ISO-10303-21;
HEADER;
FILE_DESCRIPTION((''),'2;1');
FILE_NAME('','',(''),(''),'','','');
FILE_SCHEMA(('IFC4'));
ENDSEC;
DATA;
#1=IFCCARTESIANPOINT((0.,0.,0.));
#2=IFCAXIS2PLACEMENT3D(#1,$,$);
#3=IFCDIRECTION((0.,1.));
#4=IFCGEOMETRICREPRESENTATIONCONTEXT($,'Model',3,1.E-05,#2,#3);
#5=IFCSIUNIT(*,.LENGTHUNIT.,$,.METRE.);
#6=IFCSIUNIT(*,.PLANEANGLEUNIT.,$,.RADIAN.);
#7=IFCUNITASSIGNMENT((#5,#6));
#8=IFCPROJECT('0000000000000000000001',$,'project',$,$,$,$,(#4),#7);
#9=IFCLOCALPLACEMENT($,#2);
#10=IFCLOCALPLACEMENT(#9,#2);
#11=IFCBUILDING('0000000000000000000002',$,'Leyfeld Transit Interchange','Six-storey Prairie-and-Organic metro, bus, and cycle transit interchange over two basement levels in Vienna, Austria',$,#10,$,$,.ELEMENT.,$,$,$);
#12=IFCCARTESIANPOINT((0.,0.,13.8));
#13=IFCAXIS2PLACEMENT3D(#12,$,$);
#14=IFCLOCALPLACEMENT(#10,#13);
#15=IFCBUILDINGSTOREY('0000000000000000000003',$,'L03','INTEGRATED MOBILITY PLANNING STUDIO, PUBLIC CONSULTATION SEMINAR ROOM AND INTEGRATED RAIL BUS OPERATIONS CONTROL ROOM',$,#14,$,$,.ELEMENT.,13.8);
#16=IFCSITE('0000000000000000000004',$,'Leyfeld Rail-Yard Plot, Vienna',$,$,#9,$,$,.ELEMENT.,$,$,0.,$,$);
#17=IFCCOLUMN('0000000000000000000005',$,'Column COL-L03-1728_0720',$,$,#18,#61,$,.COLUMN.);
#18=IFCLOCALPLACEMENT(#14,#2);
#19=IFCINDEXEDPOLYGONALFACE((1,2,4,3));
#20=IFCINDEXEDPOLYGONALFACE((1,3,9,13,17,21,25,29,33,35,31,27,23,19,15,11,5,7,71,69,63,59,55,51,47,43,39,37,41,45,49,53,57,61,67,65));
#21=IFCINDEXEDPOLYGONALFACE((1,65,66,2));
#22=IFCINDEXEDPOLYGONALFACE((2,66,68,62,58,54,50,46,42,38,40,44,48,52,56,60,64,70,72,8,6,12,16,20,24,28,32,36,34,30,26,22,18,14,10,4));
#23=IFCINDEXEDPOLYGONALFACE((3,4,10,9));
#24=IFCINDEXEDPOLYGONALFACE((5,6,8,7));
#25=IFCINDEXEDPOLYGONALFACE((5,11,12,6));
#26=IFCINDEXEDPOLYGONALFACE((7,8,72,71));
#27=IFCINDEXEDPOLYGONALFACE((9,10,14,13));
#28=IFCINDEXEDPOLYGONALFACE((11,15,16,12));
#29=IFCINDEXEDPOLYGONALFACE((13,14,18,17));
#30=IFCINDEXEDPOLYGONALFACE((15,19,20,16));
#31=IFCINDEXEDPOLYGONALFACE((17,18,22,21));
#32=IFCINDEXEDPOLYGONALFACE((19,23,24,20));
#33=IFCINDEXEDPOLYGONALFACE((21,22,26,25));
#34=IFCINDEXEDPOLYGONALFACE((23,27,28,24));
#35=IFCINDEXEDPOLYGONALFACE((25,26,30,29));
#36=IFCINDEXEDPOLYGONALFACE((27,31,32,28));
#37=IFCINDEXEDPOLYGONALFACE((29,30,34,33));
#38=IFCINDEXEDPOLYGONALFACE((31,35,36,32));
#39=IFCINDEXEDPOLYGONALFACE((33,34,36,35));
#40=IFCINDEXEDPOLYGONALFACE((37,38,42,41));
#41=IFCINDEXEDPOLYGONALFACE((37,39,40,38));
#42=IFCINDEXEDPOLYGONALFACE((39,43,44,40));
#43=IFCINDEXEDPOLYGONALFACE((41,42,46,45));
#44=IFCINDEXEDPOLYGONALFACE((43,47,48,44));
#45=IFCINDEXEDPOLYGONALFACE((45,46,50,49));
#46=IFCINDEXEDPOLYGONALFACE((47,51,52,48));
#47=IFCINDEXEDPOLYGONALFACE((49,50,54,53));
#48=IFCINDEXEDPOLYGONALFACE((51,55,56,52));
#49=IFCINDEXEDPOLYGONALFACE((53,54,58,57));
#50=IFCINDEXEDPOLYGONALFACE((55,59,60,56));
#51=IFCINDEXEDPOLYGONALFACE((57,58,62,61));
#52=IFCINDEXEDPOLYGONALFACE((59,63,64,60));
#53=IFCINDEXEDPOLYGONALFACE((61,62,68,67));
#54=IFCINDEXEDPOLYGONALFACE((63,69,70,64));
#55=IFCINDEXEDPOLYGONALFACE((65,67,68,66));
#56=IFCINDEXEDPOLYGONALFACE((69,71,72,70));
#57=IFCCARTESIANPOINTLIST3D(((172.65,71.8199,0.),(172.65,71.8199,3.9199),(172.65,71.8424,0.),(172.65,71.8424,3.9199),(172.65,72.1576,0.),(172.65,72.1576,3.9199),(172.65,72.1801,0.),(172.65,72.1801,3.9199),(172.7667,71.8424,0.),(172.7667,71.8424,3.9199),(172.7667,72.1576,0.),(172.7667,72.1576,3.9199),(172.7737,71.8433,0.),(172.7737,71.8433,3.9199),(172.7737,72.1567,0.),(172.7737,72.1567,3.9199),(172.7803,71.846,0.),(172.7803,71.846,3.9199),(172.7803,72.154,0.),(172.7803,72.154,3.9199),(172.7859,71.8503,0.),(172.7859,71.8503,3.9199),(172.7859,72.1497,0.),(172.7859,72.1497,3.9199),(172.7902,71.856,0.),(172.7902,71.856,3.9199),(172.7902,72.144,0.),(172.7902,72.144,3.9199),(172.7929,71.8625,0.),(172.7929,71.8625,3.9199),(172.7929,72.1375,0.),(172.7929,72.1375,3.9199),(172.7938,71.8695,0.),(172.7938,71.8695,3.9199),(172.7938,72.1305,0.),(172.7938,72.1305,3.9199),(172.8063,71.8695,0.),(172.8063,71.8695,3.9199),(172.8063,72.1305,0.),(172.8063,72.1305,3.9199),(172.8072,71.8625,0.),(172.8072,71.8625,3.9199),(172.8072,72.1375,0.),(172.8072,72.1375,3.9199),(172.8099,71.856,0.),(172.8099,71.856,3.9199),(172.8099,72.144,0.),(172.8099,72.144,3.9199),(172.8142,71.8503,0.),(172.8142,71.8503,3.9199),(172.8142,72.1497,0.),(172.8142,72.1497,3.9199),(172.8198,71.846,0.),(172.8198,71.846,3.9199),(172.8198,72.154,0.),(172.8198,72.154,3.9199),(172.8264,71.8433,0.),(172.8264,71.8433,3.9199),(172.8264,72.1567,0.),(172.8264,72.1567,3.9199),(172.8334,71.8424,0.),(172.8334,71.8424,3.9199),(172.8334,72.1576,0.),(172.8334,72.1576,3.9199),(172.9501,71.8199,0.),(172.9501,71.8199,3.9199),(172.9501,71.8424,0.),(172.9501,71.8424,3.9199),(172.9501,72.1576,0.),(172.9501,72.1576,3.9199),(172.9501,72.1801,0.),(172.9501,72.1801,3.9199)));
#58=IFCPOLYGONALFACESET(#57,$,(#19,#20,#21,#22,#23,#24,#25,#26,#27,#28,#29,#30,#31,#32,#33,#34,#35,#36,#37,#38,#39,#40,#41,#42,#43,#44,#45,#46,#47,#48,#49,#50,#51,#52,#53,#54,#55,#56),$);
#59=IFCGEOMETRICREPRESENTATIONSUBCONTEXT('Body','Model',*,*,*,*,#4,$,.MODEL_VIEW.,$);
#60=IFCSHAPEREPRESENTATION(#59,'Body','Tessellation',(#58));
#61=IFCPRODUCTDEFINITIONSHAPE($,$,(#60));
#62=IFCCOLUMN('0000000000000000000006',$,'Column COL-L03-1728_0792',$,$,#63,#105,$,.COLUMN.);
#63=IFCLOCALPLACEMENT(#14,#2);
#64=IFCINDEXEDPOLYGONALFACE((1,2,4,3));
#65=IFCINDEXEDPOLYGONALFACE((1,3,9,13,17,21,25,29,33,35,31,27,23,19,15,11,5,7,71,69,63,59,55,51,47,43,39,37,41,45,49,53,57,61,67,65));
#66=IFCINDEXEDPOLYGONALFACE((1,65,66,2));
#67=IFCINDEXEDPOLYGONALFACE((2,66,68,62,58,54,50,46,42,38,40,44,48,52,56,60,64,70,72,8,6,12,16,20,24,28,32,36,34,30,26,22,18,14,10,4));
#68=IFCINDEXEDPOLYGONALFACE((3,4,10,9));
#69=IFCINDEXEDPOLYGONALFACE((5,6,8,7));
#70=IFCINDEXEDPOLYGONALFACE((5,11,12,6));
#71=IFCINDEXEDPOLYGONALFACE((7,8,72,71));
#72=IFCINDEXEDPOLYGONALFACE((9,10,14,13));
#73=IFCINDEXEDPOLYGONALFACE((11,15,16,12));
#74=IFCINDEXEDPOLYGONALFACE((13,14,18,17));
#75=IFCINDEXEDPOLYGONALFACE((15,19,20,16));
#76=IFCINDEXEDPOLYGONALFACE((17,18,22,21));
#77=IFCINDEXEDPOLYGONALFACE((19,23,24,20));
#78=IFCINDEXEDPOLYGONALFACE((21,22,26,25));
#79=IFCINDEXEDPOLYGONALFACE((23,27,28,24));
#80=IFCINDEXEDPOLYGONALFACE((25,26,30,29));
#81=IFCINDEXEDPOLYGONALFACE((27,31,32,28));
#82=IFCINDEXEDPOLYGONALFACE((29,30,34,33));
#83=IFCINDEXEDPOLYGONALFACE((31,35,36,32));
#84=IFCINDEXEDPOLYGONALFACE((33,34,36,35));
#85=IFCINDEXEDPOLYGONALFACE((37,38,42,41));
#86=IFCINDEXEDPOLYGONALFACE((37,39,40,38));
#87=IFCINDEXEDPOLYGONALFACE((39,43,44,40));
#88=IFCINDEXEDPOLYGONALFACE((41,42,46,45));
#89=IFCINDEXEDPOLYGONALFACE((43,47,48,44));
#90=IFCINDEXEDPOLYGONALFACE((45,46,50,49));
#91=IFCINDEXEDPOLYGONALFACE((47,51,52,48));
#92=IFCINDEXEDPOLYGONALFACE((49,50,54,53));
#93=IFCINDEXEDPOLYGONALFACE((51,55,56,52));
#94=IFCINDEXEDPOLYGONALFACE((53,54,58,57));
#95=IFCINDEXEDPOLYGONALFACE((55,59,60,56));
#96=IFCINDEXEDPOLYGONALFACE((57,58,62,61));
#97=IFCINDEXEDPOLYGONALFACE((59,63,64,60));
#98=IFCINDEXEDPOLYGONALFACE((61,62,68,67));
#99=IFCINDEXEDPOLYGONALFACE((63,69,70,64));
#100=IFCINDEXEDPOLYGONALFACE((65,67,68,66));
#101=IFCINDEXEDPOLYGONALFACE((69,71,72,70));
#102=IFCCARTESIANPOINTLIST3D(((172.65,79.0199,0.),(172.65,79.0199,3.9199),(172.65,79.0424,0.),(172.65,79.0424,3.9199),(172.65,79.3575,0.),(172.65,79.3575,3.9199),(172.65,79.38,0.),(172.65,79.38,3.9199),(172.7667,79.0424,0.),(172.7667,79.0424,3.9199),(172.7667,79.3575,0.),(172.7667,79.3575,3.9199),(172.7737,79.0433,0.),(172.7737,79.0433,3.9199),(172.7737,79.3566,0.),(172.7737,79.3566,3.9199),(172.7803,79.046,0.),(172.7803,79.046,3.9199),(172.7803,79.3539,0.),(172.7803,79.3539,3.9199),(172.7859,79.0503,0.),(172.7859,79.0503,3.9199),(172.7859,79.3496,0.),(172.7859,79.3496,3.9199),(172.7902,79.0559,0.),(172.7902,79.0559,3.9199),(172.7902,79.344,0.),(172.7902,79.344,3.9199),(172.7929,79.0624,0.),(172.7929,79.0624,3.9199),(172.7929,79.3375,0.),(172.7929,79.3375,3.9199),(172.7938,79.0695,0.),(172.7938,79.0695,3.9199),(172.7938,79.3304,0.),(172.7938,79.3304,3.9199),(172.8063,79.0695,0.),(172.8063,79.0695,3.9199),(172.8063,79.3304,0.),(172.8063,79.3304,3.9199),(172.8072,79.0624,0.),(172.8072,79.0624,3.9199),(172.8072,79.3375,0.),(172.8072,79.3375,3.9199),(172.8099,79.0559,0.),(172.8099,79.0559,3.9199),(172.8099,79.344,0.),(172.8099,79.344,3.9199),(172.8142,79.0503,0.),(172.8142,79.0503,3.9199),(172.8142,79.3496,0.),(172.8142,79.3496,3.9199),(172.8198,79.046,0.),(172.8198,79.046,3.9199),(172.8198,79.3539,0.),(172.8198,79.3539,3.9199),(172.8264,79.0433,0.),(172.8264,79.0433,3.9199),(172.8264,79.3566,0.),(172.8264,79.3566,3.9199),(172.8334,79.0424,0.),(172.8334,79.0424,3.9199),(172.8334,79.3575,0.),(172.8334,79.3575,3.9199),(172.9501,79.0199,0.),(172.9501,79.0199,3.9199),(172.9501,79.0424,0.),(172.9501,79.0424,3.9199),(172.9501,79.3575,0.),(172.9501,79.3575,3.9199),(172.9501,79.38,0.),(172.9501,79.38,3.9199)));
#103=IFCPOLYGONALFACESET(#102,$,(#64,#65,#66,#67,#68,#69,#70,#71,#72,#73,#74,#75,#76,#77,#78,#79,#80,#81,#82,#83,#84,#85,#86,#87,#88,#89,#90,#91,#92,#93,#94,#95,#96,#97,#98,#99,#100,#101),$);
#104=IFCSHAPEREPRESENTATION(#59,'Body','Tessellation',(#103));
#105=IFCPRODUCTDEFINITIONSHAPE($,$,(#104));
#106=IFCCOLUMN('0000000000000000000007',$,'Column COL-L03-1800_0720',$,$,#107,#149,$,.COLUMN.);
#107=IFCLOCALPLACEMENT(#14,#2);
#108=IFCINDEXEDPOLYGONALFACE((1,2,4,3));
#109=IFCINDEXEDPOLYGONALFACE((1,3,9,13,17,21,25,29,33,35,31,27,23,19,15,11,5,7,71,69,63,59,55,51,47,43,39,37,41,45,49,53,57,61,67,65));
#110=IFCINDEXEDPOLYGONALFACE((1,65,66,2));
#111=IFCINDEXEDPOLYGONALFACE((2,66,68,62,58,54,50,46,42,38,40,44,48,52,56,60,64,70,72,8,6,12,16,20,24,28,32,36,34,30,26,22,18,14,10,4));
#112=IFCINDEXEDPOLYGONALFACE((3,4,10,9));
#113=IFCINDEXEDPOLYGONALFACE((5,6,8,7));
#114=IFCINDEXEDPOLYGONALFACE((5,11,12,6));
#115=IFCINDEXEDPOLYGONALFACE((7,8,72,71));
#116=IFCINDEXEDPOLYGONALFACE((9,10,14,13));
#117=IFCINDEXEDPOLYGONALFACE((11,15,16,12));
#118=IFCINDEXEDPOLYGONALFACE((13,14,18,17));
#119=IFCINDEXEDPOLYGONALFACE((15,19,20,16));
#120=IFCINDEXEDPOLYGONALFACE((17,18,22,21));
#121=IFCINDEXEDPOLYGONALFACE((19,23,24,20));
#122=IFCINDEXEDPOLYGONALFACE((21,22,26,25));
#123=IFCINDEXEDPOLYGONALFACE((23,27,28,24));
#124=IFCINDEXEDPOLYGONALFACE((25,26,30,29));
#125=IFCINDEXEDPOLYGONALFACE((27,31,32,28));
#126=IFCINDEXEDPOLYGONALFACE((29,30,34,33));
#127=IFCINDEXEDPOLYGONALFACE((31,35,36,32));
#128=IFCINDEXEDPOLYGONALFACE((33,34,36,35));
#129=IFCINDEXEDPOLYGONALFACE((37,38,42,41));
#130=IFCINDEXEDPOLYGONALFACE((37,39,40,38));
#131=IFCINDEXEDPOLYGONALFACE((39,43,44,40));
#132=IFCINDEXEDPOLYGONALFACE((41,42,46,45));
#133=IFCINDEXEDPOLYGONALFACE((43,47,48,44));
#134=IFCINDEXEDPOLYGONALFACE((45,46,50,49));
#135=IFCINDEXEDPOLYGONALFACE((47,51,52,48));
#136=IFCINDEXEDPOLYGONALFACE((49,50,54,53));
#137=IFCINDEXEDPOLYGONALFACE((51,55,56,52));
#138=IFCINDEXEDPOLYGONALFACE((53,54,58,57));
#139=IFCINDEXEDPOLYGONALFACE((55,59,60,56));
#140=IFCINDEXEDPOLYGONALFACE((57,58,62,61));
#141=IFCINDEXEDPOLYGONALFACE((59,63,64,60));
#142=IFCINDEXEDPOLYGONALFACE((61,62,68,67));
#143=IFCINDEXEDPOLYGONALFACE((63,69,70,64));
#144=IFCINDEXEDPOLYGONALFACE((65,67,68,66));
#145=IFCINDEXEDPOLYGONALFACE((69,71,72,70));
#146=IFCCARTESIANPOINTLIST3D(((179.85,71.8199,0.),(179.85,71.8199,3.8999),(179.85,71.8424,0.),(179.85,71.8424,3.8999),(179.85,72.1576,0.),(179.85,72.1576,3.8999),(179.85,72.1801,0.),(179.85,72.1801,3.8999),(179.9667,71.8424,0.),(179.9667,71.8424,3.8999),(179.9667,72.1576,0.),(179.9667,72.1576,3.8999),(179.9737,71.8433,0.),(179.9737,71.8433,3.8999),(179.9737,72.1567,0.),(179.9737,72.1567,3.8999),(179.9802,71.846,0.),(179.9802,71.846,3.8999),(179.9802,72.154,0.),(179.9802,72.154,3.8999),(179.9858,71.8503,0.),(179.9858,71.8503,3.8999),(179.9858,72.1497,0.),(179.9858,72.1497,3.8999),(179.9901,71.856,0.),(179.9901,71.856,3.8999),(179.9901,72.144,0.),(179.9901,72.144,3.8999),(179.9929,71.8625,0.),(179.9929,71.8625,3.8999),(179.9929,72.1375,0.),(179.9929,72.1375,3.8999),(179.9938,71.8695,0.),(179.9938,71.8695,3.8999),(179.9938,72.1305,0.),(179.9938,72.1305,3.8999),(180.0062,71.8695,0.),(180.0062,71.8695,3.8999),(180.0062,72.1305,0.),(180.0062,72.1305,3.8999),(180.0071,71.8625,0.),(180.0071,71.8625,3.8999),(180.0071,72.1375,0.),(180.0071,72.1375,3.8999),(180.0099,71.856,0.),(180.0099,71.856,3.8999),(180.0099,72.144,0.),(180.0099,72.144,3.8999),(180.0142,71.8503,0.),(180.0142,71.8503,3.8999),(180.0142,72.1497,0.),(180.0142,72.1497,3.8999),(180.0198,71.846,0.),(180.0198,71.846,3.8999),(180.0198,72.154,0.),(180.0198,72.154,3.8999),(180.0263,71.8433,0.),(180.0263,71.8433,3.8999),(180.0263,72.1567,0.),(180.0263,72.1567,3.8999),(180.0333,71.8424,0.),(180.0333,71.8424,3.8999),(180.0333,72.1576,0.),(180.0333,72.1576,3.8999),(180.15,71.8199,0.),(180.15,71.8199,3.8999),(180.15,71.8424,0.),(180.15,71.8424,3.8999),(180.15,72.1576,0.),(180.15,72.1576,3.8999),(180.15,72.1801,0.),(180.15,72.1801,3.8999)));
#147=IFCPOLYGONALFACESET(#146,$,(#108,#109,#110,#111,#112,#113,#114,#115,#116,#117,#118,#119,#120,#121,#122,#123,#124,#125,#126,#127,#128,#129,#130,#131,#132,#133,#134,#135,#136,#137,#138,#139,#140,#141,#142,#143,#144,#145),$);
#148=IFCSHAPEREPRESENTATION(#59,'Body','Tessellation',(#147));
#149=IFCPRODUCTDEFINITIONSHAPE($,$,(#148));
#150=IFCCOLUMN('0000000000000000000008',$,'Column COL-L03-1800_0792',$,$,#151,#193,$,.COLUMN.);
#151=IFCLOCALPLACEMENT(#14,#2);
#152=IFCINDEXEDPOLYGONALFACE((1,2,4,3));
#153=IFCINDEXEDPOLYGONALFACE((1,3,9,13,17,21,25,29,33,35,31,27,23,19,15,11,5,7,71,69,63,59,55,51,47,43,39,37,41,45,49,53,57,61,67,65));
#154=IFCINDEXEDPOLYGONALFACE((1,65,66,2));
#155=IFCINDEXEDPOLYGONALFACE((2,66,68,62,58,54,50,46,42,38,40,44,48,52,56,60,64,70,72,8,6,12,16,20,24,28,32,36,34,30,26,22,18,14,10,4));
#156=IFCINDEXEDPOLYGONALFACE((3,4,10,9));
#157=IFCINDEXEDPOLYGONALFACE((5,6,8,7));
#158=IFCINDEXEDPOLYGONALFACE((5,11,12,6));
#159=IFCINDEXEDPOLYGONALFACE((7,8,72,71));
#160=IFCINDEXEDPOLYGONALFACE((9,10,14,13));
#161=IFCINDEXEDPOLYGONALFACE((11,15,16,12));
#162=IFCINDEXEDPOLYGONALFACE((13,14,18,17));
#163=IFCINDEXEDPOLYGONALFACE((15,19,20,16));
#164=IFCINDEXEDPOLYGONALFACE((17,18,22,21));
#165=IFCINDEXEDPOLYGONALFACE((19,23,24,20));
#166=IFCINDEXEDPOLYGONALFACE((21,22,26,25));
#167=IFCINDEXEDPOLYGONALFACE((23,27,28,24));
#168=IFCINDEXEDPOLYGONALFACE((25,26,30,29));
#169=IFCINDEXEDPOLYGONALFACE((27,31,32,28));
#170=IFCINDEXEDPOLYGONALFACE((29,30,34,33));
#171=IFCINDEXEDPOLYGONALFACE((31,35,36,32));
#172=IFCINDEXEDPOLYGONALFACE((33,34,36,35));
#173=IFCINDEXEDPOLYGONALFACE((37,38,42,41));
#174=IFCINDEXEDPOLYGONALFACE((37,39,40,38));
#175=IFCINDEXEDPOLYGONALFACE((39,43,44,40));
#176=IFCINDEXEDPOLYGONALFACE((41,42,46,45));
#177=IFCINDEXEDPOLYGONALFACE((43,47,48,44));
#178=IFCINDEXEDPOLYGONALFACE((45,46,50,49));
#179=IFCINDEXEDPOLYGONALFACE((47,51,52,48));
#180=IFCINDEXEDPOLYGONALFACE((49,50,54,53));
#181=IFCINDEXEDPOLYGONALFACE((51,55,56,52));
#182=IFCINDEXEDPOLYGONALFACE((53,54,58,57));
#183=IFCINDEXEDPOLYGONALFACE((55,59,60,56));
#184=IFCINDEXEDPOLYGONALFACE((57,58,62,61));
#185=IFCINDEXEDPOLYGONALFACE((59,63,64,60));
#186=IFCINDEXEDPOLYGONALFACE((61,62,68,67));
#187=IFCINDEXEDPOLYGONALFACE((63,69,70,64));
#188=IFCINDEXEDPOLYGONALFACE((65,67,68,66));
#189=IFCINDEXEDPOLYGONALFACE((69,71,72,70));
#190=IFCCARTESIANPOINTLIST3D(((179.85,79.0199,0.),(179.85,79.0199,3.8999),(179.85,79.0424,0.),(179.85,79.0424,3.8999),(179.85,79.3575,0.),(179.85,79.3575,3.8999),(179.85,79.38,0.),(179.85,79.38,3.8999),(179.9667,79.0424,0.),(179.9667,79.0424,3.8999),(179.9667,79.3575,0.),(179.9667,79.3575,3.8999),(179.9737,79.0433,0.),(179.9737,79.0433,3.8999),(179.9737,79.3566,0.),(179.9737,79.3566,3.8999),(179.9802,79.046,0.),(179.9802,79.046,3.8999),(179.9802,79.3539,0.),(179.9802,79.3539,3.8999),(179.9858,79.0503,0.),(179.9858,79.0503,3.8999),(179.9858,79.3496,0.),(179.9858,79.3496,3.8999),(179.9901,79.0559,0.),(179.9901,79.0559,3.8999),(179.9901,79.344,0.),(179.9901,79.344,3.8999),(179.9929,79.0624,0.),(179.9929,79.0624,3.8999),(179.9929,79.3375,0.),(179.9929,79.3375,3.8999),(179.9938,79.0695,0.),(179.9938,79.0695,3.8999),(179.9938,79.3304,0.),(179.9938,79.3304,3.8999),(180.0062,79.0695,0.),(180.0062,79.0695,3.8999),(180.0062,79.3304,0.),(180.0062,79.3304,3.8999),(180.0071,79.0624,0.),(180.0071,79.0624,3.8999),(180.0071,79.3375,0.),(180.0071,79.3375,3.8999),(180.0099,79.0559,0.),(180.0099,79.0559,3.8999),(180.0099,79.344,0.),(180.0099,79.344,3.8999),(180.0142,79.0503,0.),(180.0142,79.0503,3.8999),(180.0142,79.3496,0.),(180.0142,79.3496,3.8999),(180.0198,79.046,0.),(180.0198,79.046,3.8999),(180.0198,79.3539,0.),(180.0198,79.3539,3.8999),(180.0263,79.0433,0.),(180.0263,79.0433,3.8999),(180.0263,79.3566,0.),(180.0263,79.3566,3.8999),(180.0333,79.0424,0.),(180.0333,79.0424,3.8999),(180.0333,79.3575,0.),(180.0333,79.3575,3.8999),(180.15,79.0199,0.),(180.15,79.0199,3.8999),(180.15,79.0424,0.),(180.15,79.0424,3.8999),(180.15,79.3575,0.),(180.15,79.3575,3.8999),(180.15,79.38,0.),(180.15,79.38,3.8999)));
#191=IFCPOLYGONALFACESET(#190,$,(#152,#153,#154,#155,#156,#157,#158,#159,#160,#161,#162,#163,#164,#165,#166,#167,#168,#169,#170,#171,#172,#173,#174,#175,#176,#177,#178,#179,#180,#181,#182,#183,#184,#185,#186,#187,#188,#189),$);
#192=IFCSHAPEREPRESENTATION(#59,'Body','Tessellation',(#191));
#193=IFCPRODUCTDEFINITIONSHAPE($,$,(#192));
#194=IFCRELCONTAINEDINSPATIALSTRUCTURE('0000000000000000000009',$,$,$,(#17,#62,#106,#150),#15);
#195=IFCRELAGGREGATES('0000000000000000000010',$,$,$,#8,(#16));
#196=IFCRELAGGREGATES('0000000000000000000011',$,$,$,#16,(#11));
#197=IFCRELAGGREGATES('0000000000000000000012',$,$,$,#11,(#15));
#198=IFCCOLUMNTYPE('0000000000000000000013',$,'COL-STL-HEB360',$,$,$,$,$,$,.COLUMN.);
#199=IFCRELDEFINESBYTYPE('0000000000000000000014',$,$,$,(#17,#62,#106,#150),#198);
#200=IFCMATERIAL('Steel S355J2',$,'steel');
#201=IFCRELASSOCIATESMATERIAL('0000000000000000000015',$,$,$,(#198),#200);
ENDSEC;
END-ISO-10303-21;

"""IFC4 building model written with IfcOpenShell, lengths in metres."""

from ifc_helpers import new_model, si_unit, direction, frame, origin, origin_2d, place, context, subcontext, project, spatial, i_section, extrude, material, material_profile, profile_set, type_object, element, save


model = new_model("IFC4")

# Units and contexts
model_context = context("Model", 3, precision=1e-05, world=origin(), true_north=direction((0.0, 1.0)))
body_context = subcontext(model_context, "Body", "Model", "MODEL_VIEW")
ifc_project = project(units=[si_unit("LENGTHUNIT", "METRE"), si_unit("PLANEANGLEUNIT", "RADIAN")], contexts=[model_context])

# Site, building, storey
site_placement = place(None, origin())
site = spatial("IfcSite", under=ifc_project, at=site_placement, Name="Leyfeld Rail-Yard Plot, Vienna", CompositionType="ELEMENT", RefElevation=0.0)
building_placement = place(site_placement, origin())
building = spatial("IfcBuilding", under=site, at=building_placement, Name="Leyfeld Transit Interchange", Description="Six-storey Prairie-and-Organic metro, bus, and cycle transit interchange over two basement levels in Vienna, Austria", CompositionType="ELEMENT")
storey_placement = place(building_placement, frame((0.0, 0.0, 13.8)))
storey = spatial("IfcBuildingStorey", under=building, at=storey_placement, Name="L03", Description="INTEGRATED MOBILITY PLANNING STUDIO, PUBLIC CONSULTATION SEMINAR ROOM AND INTEGRATED RAIL BUS OPERATIONS CONTROL ROOM", CompositionType="ELEMENT", Elevation=13.8)

# Columns
ifc_material_1 = material(Name="Steel S355J2", Category="steel")
ifc_material_profile_1 = material_profile(ifc_material_1, i_section(OverallWidth=0.3, OverallDepth=0.3601, WebThickness=0.0125, FlangeThickness=0.0225, FilletRadius=0.0271, at=origin_2d()), Name="HEB 360")
ifc_profile_set_1 = profile_set([ifc_material_profile_1], Name="Steel S355J2")
column_type = type_object("IfcColumnType", Name="COL-STL-HEB360", PredefinedType="COLUMN", material=ifc_profile_set_1)
for number, where, z_axis, x_axis, name in (
    (1, (172.8, 72.0, 0.0), (0.0, 0.0, 1.0), (1.0, 0.0, 0.0), "Column COL-L03-1728_0720"),
    (2, (172.8, 79.2, 0.0), (0.0, 0.0, 1.0), (1.0, 0.0, 0.0), "Column COL-L03-1728_0792"),
):
    element("IfcColumn", number, at=place(storey_placement, frame(where, z_axis=z_axis, x_axis=x_axis)), inside=storey, type_object=column_type, Name=name, PredefinedType="COLUMN", context=body_context, shape_type="SweptSolid", body=[
        extrude(i_section(OverallWidth=0.3, OverallDepth=0.3601, WebThickness=0.0125, FlangeThickness=0.0225, FilletRadius=0.0271, at=origin_2d()), origin(), (0.0, 0.0, 1.0), 3.9199),
    ])
for number, where, z_axis, x_axis, name in (
    (3, (180.0, 72.0, 0.0), (0.0, 0.0, 1.0), (1.0, 0.0, 0.0), "Column COL-L03-1800_0720"),
    (4, (180.0, 79.2, 0.0), (0.0, 0.0, 1.0), (1.0, 0.0, 0.0), "Column COL-L03-1800_0792"),
):
    element("IfcColumn", number, at=place(storey_placement, frame(where, z_axis=z_axis, x_axis=x_axis)), inside=storey, type_object=column_type, Name=name, PredefinedType="COLUMN", context=body_context, shape_type="SweptSolid", body=[
        extrude(i_section(OverallWidth=0.3, OverallDepth=0.3601, WebThickness=0.0125, FlangeThickness=0.0225, FilletRadius=0.0271, at=origin_2d()), origin(), (0.0, 0.0, 1.0), 3.8999),
    ])

save(model, "model.ifc")
